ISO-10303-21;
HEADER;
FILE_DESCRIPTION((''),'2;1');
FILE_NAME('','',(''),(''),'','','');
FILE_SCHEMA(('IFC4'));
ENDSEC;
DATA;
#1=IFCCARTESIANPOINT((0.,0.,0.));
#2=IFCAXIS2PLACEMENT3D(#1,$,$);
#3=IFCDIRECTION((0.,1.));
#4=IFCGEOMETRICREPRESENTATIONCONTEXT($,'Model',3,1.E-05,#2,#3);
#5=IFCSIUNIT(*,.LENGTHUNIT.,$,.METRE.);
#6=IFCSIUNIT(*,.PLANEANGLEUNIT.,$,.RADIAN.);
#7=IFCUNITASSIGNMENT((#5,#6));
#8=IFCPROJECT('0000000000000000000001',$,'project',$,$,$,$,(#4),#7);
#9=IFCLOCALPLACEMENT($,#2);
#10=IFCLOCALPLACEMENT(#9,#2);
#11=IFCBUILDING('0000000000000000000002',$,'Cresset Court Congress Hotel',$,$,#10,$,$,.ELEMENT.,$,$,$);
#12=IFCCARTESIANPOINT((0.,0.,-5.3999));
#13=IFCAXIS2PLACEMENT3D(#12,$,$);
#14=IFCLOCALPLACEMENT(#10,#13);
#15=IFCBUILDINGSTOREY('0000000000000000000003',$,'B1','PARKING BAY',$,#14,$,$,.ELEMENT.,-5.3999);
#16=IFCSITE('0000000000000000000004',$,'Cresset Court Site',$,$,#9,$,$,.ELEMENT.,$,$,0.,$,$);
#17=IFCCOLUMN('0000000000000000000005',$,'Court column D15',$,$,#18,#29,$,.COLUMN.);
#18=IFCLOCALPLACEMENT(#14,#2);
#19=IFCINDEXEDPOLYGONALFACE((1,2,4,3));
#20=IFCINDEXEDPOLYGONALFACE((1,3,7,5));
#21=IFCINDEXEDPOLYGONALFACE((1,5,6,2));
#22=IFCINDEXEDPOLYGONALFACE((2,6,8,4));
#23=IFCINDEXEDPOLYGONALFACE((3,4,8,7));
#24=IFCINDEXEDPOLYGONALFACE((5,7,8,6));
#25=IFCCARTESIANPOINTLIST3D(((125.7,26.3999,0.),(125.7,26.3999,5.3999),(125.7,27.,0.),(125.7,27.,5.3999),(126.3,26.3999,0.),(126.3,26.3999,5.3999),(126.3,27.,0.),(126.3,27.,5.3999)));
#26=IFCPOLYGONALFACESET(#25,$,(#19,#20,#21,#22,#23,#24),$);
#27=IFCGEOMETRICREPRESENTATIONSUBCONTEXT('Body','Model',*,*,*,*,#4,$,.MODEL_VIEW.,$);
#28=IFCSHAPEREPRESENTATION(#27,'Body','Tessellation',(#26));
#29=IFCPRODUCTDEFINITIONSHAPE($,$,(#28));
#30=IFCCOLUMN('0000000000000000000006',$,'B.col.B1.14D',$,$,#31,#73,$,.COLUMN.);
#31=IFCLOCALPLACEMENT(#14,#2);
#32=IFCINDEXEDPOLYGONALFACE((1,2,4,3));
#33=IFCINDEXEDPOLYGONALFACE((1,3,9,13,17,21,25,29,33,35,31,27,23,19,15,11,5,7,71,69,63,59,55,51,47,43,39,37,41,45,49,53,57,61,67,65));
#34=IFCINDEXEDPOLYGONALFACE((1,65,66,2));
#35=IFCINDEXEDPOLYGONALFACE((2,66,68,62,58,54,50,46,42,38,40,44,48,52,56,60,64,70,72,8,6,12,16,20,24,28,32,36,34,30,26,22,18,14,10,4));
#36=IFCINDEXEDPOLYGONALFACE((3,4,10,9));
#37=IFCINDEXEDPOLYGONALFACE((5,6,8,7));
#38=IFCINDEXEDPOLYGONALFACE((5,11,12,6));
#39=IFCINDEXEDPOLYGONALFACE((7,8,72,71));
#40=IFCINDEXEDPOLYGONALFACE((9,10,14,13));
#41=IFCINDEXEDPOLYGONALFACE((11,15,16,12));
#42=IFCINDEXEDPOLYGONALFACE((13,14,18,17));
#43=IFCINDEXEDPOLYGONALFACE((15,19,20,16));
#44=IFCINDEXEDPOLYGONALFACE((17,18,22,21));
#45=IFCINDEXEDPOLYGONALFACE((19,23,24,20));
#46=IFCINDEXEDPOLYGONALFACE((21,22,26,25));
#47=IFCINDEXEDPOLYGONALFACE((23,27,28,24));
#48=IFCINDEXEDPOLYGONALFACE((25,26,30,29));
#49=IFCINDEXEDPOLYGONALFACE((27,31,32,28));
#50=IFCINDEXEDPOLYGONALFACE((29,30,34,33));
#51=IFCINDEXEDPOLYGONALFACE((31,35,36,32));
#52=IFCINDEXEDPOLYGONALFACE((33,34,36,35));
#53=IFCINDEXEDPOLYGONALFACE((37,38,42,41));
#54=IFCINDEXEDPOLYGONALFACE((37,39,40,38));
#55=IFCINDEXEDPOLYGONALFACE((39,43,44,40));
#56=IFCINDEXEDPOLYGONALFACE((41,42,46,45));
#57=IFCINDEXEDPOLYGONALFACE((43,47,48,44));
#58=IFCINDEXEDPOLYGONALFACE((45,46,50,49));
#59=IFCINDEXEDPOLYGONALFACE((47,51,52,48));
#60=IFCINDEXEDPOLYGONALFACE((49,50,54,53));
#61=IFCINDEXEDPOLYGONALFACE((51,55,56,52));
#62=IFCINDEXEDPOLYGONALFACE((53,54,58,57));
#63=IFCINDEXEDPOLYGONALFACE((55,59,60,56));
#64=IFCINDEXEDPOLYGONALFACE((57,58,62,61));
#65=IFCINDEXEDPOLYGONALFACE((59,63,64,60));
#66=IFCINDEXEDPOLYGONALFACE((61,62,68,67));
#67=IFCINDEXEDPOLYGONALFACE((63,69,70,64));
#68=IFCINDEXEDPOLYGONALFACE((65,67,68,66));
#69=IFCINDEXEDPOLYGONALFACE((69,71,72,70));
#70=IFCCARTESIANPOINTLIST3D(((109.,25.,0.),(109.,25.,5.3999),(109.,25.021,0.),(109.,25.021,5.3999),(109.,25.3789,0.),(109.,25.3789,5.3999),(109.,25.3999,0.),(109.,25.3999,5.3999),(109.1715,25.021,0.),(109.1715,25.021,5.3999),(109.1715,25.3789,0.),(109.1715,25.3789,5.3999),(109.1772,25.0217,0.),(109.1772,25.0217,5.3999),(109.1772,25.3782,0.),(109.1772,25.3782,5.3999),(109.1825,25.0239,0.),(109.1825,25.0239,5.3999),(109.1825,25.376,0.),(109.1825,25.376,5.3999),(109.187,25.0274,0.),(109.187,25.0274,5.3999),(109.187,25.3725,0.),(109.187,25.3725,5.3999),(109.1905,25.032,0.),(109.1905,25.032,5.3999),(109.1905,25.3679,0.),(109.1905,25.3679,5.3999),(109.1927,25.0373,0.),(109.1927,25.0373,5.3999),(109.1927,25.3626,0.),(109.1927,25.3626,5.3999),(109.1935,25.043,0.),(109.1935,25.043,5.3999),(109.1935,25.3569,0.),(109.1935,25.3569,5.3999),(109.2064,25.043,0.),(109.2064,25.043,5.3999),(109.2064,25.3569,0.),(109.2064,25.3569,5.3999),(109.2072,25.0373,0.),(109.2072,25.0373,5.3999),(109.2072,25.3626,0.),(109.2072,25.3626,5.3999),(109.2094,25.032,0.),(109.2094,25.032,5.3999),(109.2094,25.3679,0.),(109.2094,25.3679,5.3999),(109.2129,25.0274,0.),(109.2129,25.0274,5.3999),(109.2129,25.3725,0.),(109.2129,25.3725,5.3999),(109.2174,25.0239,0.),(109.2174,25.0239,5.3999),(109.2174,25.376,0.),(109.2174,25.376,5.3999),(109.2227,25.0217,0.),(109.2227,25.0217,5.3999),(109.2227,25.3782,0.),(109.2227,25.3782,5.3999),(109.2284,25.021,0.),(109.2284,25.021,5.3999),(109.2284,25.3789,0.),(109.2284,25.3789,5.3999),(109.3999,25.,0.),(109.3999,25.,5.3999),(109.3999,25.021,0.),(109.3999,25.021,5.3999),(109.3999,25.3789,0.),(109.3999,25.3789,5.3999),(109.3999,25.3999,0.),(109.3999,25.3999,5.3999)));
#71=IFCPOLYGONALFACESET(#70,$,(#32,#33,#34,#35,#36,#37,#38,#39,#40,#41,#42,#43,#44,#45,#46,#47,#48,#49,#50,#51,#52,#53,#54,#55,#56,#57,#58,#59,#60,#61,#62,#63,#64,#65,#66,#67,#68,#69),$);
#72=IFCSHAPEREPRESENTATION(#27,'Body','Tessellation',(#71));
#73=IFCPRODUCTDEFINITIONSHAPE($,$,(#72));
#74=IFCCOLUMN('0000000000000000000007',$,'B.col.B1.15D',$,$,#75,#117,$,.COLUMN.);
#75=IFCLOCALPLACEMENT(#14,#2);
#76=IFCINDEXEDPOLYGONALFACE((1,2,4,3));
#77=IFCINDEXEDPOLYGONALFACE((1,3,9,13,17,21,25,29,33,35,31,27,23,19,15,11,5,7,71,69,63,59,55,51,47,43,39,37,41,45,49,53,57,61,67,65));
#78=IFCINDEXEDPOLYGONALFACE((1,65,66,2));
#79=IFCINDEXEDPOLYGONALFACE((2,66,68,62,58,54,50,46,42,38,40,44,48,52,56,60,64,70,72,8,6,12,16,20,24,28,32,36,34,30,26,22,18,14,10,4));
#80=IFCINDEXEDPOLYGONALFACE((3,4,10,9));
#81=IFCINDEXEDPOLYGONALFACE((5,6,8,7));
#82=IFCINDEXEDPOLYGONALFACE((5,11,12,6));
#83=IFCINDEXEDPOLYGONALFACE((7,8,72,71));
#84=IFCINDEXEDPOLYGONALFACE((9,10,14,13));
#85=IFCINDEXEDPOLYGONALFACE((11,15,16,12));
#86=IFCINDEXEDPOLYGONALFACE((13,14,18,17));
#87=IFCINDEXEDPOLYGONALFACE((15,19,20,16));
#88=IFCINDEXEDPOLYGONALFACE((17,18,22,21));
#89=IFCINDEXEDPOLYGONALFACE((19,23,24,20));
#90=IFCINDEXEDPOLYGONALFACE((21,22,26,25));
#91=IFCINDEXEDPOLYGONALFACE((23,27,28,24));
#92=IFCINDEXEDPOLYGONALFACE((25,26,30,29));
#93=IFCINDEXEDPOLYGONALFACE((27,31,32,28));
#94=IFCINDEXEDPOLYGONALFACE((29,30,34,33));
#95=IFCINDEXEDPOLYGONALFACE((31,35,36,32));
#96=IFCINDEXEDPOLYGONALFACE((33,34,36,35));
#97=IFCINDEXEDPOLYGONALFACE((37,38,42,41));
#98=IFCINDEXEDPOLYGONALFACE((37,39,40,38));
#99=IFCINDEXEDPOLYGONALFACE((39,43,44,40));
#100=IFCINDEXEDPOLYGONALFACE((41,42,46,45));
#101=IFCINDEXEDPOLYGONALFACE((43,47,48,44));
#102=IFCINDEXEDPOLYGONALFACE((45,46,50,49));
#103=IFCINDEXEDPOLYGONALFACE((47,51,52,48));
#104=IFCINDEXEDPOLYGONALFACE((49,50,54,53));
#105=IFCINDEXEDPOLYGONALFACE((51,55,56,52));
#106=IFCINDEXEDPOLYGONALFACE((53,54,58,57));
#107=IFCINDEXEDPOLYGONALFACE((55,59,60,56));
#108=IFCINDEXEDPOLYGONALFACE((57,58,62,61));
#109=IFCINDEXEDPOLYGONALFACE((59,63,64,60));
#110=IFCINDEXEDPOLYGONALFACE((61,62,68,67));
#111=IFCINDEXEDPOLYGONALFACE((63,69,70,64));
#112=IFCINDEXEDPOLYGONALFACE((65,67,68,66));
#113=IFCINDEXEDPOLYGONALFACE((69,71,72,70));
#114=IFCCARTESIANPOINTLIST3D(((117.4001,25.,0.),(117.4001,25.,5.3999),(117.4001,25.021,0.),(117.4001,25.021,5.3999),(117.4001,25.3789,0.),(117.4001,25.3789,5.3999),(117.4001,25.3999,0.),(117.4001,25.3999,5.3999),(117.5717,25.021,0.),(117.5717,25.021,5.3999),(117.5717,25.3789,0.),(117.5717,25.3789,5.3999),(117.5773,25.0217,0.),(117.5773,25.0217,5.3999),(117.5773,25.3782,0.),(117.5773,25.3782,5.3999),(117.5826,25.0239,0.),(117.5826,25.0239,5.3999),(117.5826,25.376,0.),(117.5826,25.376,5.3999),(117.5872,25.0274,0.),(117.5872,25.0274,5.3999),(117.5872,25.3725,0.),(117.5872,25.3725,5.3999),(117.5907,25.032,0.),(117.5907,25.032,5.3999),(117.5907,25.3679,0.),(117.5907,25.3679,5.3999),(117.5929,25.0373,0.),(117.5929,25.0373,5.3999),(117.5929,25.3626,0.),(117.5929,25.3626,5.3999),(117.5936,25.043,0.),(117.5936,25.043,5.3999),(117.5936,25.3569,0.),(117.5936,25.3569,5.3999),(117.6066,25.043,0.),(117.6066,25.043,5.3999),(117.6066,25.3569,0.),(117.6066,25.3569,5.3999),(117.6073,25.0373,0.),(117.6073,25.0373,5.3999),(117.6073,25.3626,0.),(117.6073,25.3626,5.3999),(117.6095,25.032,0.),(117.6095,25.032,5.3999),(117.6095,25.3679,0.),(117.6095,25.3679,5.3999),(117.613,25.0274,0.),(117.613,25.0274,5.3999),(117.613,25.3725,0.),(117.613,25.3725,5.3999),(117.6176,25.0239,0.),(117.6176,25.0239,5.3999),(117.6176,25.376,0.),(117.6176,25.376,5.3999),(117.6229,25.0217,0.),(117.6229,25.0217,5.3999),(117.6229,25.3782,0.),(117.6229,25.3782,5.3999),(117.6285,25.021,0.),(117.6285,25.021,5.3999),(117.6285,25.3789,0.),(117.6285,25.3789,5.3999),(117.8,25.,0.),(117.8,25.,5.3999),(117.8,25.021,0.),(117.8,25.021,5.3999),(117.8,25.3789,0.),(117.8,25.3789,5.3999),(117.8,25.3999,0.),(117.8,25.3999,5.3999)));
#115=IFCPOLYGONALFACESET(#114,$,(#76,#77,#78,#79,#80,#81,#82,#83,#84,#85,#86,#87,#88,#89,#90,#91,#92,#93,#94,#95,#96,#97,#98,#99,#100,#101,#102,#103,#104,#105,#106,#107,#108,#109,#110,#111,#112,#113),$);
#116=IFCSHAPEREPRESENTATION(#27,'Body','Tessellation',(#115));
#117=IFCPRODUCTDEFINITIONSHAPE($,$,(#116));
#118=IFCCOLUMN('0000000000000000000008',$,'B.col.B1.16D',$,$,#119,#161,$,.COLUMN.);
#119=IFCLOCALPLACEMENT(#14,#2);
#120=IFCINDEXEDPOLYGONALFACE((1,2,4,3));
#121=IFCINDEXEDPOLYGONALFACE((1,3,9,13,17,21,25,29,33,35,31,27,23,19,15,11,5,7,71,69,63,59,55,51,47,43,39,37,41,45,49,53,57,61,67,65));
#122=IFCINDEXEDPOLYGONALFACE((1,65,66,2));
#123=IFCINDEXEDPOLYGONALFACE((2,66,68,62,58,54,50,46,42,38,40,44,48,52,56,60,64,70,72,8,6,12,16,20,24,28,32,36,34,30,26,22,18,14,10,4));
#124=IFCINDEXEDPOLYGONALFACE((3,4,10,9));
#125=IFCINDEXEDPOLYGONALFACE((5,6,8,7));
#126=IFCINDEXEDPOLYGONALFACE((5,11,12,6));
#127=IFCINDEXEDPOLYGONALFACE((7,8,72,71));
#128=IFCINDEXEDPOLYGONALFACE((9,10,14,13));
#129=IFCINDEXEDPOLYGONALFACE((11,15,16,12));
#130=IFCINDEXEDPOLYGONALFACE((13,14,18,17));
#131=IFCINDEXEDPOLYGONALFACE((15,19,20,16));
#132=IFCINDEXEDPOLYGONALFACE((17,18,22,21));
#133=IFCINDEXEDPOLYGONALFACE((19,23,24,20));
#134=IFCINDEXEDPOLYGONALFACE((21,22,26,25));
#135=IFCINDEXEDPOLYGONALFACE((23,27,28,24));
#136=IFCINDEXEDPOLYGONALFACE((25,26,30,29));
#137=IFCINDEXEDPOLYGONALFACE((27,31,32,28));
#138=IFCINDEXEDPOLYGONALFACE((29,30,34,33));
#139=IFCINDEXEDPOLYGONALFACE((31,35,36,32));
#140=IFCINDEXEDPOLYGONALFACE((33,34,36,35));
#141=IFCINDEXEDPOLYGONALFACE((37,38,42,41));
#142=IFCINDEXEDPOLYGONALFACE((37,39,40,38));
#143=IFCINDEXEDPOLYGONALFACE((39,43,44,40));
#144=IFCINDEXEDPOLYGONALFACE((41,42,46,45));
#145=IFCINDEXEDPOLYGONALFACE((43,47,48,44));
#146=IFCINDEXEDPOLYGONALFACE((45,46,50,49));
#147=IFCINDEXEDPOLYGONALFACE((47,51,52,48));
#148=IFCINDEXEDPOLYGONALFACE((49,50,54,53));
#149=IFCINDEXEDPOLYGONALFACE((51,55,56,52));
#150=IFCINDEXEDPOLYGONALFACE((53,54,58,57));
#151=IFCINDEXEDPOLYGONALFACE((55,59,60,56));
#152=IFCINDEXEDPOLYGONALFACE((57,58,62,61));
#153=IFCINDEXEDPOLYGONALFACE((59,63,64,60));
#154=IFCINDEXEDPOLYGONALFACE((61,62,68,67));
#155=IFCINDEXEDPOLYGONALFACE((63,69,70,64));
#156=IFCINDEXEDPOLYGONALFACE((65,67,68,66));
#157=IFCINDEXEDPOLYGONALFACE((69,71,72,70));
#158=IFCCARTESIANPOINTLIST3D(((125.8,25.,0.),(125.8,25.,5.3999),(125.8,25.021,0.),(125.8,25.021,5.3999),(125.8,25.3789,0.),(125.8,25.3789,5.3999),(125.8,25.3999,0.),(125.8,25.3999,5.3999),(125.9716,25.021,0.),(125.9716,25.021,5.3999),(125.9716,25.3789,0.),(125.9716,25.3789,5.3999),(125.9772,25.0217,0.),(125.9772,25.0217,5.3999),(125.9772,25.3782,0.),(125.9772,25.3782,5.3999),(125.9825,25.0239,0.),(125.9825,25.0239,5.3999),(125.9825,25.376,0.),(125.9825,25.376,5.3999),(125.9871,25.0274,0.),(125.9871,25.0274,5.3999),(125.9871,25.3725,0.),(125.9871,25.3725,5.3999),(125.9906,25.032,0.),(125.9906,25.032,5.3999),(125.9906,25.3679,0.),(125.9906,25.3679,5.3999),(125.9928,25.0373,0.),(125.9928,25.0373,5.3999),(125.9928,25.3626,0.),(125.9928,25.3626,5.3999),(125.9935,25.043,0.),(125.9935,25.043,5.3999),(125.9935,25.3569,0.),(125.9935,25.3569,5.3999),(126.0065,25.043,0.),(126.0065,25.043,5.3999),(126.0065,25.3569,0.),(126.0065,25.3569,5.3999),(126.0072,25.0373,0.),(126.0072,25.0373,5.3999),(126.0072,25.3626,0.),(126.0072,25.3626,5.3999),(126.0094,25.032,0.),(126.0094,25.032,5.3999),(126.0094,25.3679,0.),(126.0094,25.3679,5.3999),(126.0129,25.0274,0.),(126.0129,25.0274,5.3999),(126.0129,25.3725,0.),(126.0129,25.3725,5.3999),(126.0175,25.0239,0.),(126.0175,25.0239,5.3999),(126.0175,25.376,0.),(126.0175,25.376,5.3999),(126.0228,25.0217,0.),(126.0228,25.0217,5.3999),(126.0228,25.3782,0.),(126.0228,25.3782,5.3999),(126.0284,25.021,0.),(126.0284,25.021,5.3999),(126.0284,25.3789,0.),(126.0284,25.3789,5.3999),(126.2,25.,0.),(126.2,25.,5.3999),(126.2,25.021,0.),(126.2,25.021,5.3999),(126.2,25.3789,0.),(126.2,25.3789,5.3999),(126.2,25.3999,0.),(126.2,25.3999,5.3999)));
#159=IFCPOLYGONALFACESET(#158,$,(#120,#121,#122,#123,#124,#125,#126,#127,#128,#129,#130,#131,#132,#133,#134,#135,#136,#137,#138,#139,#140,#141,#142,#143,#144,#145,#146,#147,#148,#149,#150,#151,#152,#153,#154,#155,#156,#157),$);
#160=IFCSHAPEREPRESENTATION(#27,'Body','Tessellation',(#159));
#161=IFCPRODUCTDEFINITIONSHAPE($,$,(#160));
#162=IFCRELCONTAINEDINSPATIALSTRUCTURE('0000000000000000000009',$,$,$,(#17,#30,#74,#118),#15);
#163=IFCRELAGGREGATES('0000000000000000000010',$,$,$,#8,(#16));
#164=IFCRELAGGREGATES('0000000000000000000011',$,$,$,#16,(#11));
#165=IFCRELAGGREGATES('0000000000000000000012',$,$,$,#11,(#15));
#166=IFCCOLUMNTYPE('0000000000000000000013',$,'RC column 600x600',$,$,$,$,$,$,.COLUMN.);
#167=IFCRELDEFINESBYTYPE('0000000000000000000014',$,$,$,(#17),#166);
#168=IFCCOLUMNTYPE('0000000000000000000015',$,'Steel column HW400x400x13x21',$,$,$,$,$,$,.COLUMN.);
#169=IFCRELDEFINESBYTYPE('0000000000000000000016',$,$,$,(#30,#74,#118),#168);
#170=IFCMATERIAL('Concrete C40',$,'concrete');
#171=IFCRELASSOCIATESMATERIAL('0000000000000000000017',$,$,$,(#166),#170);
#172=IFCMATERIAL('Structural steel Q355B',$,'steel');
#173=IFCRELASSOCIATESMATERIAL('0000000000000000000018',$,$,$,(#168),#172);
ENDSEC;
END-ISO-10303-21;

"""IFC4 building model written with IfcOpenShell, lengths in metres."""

from ifc_helpers import new_model, si_unit, direction, frame, origin, origin_2d, place, context, subcontext, project, spatial, rectangle, i_section, extrude, material, material_profile, profile_set, type_object, element, save


model = new_model("IFC4")

# Units and contexts
model_context = context("Model", 3, precision=1e-05, world=origin(), true_north=direction((0.0, 1.0)))
body_context = subcontext(model_context, "Body", "Model", "MODEL_VIEW")
ifc_project = project(units=[si_unit("LENGTHUNIT", "METRE"), si_unit("PLANEANGLEUNIT", "RADIAN")], contexts=[model_context])

# Site, building, storey
site_placement = place(None, origin())
site = spatial("IfcSite", under=ifc_project, at=site_placement, Name="Cresset Court Site", CompositionType="ELEMENT", RefElevation=0.0)
building_placement = place(site_placement, origin())
building = spatial("IfcBuilding", under=site, at=building_placement, Name="Cresset Court Congress Hotel", CompositionType="ELEMENT")
storey_placement = place(building_placement, frame((0.0, 0.0, -5.3999)))
storey = spatial("IfcBuildingStorey", under=building, at=storey_placement, Name="B1", Description="PARKING BAY", CompositionType="ELEMENT", Elevation=-5.3999)

# Columns
ifc_material_1 = material(Name="Concrete C40", Category="concrete")
ifc_material_profile_1 = material_profile(ifc_material_1, rectangle(XDim=0.6001, YDim=0.6001, at=origin_2d()), Name="RC600x600")
ifc_profile_set_1 = profile_set([ifc_material_profile_1], Name="Concrete C40")
column_type_1 = type_object("IfcColumnType", Name="RC column 600x600", PredefinedType="COLUMN", material=ifc_profile_set_1)
for number, where, z_axis, x_axis, name in (
    (1, (126.0, 26.7, 0.0), (0.0, 0.0, 1.0), (1.0, 0.0, 0.0), "Court column D15"),
):
    element("IfcColumn", number, at=place(storey_placement, frame(where, z_axis=z_axis, x_axis=x_axis)), inside=storey, type_object=column_type_1, Name=name, PredefinedType="COLUMN", context=body_context, shape_type="SweptSolid", body=[
        extrude(rectangle(XDim=0.6001, YDim=0.6001, at=origin_2d()), origin(), (0.0, 0.0, 1.0), 5.3999),
    ])
ifc_material_2 = material(Name="Structural steel Q355B", Category="steel")
ifc_material_profile_2 = material_profile(ifc_material_2, i_section(OverallWidth=0.3999, OverallDepth=0.3999, WebThickness=0.0129, FlangeThickness=0.021, FilletRadius=0.022, at=origin_2d()), Name="HW400x400x13x21")
ifc_profile_set_2 = profile_set([ifc_material_profile_2], Name="Structural steel Q355B")
column_type_2 = type_object("IfcColumnType", Name="Steel column HW400x400x13x21", PredefinedType="COLUMN", material=ifc_profile_set_2)
for number, where, z_axis, x_axis, name in (
    (2, (109.2, 25.2, 0.0), (0.0, 0.0, 1.0), (1.0, 0.0, 0.0), "B.col.B1.14D"),
    (3, (117.6001, 25.2, 0.0), (0.0, 0.0, 1.0), (1.0, 0.0, 0.0), "B.col.B1.15D"),
    (4, (126.0, 25.2, 0.0), (0.0, 0.0, 1.0), (1.0, 0.0, 0.0), "B.col.B1.16D"),
):
    element("IfcColumn", number, at=place(storey_placement, frame(where, z_axis=z_axis, x_axis=x_axis)), inside=storey, type_object=column_type_2, Name=name, PredefinedType="COLUMN", context=body_context, shape_type="SweptSolid", body=[
        extrude(i_section(OverallWidth=0.3999, OverallDepth=0.3999, WebThickness=0.0129, FlangeThickness=0.021, FilletRadius=0.022, at=origin_2d()), origin(), (0.0, 0.0, 1.0), 5.3999),
    ])

save(model, "model.ifc")
